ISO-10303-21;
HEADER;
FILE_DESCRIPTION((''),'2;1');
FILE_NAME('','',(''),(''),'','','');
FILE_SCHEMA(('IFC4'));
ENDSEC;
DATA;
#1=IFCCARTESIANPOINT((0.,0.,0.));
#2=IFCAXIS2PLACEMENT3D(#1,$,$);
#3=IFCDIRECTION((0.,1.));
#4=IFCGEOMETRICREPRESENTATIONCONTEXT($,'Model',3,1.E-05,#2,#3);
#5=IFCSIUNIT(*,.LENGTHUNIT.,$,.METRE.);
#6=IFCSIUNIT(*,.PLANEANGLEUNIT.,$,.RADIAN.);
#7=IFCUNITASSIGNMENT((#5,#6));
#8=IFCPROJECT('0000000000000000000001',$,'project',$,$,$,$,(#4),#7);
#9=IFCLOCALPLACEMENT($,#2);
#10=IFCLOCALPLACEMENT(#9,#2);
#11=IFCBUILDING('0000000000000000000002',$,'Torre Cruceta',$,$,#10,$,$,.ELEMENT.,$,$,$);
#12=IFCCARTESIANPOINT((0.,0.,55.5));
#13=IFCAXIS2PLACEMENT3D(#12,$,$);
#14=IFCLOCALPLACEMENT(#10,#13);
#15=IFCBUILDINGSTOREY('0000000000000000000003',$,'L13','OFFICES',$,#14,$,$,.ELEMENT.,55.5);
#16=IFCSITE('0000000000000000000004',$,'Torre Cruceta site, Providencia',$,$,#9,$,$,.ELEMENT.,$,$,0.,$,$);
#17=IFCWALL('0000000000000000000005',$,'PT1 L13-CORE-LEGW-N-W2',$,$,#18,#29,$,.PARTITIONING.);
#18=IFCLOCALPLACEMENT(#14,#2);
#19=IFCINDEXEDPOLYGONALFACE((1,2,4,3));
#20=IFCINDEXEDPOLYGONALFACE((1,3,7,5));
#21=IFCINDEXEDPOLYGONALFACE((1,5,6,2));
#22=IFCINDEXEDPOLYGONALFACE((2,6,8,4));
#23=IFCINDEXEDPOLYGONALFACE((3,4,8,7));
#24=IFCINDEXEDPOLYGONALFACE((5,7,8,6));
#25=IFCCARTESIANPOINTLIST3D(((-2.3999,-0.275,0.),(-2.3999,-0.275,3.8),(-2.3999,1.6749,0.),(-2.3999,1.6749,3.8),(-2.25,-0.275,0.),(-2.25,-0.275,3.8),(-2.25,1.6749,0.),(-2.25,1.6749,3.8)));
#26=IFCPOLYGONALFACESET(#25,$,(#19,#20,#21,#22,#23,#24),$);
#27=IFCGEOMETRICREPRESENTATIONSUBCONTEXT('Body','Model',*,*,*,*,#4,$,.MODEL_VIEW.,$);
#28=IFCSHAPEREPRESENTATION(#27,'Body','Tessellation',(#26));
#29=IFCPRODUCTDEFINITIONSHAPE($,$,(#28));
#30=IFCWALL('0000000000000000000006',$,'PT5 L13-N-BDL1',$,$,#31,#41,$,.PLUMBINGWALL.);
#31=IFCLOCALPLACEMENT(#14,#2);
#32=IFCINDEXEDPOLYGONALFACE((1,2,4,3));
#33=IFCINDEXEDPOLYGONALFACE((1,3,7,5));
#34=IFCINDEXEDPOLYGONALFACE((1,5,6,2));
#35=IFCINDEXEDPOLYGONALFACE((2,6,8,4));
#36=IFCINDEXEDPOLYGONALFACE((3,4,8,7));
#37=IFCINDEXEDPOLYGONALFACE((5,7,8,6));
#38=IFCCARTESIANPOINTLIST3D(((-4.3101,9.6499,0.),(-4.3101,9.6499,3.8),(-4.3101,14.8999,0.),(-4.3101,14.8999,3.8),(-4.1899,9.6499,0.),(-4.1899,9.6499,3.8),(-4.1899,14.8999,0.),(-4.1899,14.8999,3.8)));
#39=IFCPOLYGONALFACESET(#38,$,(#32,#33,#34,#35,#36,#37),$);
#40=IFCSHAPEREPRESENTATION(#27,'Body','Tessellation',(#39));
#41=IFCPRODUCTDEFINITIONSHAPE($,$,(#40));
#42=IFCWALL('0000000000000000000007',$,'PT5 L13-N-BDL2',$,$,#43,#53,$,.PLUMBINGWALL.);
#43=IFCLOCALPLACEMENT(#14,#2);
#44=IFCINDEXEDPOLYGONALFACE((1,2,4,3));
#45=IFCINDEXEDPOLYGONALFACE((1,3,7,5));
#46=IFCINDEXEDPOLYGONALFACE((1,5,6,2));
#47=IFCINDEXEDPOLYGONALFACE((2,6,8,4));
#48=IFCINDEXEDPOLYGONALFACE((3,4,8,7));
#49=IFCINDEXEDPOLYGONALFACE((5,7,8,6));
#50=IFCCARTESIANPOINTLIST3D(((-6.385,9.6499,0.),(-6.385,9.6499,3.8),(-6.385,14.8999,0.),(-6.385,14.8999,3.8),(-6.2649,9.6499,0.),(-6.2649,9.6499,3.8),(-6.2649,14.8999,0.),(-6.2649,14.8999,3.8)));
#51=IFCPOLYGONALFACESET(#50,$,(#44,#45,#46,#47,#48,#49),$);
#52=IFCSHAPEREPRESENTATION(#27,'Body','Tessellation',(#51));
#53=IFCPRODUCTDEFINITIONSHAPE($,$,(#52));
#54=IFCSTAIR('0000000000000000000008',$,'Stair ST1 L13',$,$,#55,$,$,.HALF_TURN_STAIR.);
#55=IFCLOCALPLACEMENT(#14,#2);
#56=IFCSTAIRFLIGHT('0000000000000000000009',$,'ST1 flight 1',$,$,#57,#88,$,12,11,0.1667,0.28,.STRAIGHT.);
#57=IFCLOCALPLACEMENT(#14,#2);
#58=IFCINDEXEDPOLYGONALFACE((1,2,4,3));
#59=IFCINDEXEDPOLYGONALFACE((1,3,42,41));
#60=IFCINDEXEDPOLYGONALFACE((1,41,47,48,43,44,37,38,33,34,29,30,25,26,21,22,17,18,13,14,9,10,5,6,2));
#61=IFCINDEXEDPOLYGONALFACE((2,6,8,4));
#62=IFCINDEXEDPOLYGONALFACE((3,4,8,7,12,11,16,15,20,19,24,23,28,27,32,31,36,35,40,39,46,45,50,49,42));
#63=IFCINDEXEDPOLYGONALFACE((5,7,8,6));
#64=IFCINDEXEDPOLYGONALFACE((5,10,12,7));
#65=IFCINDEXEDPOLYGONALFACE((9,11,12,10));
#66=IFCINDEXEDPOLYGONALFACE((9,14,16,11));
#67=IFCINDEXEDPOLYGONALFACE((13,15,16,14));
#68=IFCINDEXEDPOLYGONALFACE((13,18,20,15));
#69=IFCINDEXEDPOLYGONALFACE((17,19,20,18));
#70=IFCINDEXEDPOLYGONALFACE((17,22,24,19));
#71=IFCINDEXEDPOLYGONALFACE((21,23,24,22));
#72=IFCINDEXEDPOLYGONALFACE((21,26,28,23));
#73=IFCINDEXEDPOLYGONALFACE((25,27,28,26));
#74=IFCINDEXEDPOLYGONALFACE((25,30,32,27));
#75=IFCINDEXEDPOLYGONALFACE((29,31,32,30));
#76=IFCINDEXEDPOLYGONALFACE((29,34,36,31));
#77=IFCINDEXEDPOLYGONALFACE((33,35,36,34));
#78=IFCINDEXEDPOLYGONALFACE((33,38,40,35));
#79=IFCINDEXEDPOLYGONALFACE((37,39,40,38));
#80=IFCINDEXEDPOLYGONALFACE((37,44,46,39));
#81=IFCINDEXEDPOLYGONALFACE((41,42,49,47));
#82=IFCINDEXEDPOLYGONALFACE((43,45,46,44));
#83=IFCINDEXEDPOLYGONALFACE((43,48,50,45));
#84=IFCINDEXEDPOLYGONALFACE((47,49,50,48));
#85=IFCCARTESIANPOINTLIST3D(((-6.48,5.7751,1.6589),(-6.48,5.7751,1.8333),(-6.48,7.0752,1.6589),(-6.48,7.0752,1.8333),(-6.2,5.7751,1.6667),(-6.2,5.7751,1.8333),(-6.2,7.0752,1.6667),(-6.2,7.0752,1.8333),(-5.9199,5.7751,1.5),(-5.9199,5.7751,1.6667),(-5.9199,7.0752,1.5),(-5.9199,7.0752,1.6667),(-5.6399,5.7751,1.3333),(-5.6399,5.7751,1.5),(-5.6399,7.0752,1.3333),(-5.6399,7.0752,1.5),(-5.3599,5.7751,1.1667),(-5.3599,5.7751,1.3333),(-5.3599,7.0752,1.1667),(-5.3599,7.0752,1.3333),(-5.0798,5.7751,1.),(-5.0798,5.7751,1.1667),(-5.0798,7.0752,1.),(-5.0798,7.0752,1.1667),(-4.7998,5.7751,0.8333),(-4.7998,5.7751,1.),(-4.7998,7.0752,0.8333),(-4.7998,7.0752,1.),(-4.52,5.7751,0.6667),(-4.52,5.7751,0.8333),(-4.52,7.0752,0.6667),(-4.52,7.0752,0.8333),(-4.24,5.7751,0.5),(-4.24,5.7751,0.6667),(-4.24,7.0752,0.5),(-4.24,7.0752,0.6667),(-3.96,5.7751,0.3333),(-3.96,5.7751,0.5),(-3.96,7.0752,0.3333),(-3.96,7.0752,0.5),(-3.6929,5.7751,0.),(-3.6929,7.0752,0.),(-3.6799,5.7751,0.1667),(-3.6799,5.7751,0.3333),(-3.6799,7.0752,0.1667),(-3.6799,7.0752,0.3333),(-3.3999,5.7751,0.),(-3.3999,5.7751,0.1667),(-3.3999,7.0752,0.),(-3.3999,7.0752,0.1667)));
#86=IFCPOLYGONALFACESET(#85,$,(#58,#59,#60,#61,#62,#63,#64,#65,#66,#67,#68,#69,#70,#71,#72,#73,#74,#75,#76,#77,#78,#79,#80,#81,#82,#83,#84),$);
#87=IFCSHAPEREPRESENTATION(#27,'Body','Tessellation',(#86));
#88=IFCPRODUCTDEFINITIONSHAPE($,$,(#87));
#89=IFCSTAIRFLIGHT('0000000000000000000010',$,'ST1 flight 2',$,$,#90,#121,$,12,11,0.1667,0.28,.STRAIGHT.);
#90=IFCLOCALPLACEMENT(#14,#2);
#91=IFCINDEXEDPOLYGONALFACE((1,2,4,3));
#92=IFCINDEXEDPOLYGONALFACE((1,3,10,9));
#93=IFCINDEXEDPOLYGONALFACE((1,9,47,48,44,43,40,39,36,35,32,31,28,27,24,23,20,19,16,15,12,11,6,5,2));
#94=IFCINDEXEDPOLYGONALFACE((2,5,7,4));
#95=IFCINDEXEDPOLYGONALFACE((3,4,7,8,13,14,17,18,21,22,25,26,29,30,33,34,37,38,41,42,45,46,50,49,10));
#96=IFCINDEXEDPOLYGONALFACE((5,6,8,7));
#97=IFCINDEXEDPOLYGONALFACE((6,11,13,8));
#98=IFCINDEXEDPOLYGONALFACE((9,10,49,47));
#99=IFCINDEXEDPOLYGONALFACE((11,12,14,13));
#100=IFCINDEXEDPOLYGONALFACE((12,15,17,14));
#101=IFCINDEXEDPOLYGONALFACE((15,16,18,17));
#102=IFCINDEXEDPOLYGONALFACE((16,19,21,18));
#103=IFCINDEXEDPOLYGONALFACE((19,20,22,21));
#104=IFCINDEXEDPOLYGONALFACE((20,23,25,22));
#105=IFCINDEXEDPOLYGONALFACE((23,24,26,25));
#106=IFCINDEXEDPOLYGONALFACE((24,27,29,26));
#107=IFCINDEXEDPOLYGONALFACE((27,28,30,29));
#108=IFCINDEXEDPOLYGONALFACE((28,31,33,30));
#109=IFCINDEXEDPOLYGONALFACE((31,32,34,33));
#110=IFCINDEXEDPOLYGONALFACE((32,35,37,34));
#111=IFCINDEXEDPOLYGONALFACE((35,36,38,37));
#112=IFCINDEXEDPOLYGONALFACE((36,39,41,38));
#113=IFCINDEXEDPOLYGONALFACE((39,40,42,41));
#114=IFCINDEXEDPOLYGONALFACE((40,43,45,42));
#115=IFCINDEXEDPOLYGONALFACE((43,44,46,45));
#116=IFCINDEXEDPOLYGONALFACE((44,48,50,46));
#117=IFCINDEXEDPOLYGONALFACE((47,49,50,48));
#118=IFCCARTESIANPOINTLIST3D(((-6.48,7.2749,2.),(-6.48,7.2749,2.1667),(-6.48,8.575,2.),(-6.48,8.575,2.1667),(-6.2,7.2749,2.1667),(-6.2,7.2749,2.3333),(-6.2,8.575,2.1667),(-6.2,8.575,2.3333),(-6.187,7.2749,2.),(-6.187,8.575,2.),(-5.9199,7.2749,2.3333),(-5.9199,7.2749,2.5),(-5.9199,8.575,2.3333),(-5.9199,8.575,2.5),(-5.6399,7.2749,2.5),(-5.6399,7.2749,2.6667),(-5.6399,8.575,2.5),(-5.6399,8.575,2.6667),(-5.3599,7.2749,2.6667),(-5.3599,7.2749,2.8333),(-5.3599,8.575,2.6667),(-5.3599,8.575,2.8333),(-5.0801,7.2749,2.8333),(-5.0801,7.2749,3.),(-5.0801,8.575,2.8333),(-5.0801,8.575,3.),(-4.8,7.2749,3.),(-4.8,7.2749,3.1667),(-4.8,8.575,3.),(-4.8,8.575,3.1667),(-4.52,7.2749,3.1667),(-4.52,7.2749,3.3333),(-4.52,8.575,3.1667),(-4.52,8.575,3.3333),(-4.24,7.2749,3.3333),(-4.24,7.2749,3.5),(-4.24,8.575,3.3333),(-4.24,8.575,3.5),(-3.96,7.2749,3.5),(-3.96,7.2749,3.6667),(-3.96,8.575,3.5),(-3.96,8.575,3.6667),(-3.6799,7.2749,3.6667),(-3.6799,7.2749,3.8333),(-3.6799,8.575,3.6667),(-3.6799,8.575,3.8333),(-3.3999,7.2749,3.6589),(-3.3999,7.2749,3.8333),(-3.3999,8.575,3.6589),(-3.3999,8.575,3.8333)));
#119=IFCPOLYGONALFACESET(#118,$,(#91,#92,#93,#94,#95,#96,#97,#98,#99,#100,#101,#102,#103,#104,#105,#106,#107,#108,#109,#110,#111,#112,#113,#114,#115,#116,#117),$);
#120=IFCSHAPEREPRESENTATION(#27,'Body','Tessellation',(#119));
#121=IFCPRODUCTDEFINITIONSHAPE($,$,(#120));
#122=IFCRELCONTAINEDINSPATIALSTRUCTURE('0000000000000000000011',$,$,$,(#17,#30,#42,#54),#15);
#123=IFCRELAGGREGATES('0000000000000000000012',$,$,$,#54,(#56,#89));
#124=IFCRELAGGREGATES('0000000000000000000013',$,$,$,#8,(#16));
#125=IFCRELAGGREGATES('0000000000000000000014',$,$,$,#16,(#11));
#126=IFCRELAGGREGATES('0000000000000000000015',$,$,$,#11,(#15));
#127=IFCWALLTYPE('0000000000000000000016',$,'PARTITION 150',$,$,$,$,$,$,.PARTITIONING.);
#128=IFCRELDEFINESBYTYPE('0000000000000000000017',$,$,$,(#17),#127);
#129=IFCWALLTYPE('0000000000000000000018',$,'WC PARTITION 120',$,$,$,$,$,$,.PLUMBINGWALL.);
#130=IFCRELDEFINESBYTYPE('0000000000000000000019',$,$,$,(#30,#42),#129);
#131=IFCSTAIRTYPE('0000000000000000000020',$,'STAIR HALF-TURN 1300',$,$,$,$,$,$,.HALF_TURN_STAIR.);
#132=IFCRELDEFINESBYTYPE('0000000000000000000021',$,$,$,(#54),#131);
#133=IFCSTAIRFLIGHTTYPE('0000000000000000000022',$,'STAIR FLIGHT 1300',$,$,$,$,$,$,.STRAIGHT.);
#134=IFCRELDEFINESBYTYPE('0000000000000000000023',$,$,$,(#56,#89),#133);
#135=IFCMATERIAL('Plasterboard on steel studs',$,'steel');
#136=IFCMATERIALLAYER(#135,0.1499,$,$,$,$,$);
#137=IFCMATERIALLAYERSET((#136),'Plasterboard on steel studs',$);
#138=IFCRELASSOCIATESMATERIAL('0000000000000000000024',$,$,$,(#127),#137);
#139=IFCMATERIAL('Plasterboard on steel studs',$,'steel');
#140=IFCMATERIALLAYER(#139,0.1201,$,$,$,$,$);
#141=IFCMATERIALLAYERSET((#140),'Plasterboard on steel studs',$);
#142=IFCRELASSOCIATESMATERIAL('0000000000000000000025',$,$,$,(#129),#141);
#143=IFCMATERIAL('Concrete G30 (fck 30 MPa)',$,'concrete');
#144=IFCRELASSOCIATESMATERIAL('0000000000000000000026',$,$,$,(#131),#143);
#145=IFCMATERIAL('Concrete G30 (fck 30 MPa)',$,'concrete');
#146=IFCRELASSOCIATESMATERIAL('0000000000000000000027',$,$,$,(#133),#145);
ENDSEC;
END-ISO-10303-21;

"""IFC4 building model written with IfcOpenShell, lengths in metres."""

from ifc_helpers import new_model, si_unit, direction, frame, frame_2d, origin, place, context, subcontext, project, spatial, polyline, rectangle, outline, extrude, material, layer, layer_set, type_object, element, aggregate, save


model = new_model("IFC4")

# Units and contexts
model_context = context("Model", 3, precision=1e-05, world=origin(), true_north=direction((0.0, 1.0)))
body_context = subcontext(model_context, "Body", "Model", "MODEL_VIEW")
ifc_project = project(units=[si_unit("LENGTHUNIT", "METRE"), si_unit("PLANEANGLEUNIT", "RADIAN")], contexts=[model_context])

# Site, building, storey
site_placement = place(None, origin())
site = spatial("IfcSite", under=ifc_project, at=site_placement, Name="Torre Cruceta site, Providencia", CompositionType="ELEMENT", RefElevation=0.0)
building_placement = place(site_placement, origin())
building = spatial("IfcBuilding", under=site, at=building_placement, Name="Torre Cruceta", CompositionType="ELEMENT")
storey_placement = place(building_placement, frame((0.0, 0.0, 55.5)))
storey = spatial("IfcBuildingStorey", under=building, at=storey_placement, Name="L13", Description="OFFICES", CompositionType="ELEMENT", Elevation=55.5)

# Walls
ifc_material_1 = material(Name="Plasterboard on steel studs", Category="steel")
ifc_layer_1 = layer(ifc_material_1, 0.1499)
ifc_layer_set_1 = layer_set([ifc_layer_1], Name="Plasterboard on steel studs")
wall_type_1 = type_object("IfcWallType", Name="PARTITION 150", PredefinedType="PARTITIONING", material=ifc_layer_set_1)
wall_1_placement = place(storey_placement, frame((-2.325, 1.675, 0.0), z_axis=(0.0, 0.0, 1.0), x_axis=(0.0, -1.0, 0.0)))
element("IfcWall", 1, at=wall_1_placement, inside=storey, type_object=wall_type_1, Name="PT1 L13-CORE-LEGW-N-W2", PredefinedType="PARTITIONING", context=body_context, shape_type="SweptSolid", body=[
    extrude(rectangle(XDim=1.95, YDim=0.1499, at=frame_2d((0.9751, 0.0))), origin(), (0.0, 0.0, 1.0), 3.8),
])
ifc_material_2 = material(Name="Plasterboard on steel studs", Category="steel")
ifc_layer_2 = layer(ifc_material_2, 0.1201)
ifc_layer_set_2 = layer_set([ifc_layer_2], Name="Plasterboard on steel studs")
wall_type_2 = type_object("IfcWallType", Name="WC PARTITION 120", PredefinedType="PLUMBINGWALL", material=ifc_layer_set_2)
for number, where, z_axis, x_axis, name in (
    (2, (-4.25, 9.6499, 0.0), (0.0, 0.0, 1.0), (0.0, 1.0, 0.0), "PT5 L13-N-BDL1"),
    (3, (-6.325, 9.6499, 0.0), (0.0, 0.0, 1.0), (0.0, 1.0, 0.0), "PT5 L13-N-BDL2"),
):
    element("IfcWall", number, at=place(storey_placement, frame(where, z_axis=z_axis, x_axis=x_axis)), inside=storey, type_object=wall_type_2, Name=name, PredefinedType="PLUMBINGWALL", context=body_context, shape_type="SweptSolid", body=[
        extrude(rectangle(XDim=5.25, YDim=0.1201, at=frame_2d((2.625, 0.0))), origin(), (0.0, 0.0, 1.0), 3.8),
    ])

# Stair, stair flights
ifc_material_3 = material(Name="Concrete G30 (fck 30 MPa)", Category="concrete")
stair_type = type_object("IfcStairType", Name="STAIR HALF-TURN 1300", PredefinedType="HALF_TURN_STAIR", material=ifc_material_3)
stair_placement = place(storey_placement, origin())
stair = element("IfcStair", 4, at=stair_placement, inside=storey, type_object=stair_type, Name="Stair ST1 L13", PredefinedType="HALF_TURN_STAIR")
ifc_material_4 = material(Name="Concrete G30 (fck 30 MPa)", Category="concrete")
stair_flight_type = type_object("IfcStairFlightType", Name="STAIR FLIGHT 1300", PredefinedType="STRAIGHT", material=ifc_material_4)
stair_flight_1_placement = place(storey_placement, frame((-3.3999, 6.425, 0.0), z_axis=(0.0, 0.0, 1.0), x_axis=(-1.0, 0.0, 0.0)))
stair_flight_1 = element("IfcStairFlight", 5, at=stair_flight_1_placement, type_object=stair_flight_type, Name="ST1 flight 1", NumberOfRisers=12, NumberOfTreads=11, PredefinedType="STRAIGHT", RiserHeight=0.1667, TreadLength=0.28, context=body_context, shape_type="SweptSolid", body=[
    extrude(outline(polyline([(0.0, 0.0), (0.0, 0.1667), (0.28, 0.1667), (0.28, 0.3333), (0.5601, 0.3333), (0.5601, 0.5), (0.8401, 0.5), (0.8401, 0.6667), (1.1201, 0.6667), (1.1201, 0.8333), (1.3999, 0.8333), (1.3999, 1.0), (1.6799, 1.0), (1.6799, 1.1667), (1.96, 1.1667), (1.96, 1.3333), (2.24, 1.3333), (2.24, 1.5), (2.52, 1.5), (2.52, 1.6667), (2.8, 1.6667), (2.8, 1.8333), (3.0801, 1.8333), (3.0801, 2.0), (3.0801, 1.6589), (0.293, 0.0), (0.0, 0.0)])), frame((0.0, 0.6499, 0.0), z_axis=(0.0, -1.0, 0.0), x_axis=(1.0, 0.0, 0.0)), (0.0, 0.0, 1.0), 1.3),
])
stair_flight_2_placement = place(storey_placement, frame((-6.48, 7.925, 2.0), z_axis=(0.0, 0.0, 1.0), x_axis=(1.0, 0.0, 0.0)))
stair_flight_2 = element("IfcStairFlight", 6, at=stair_flight_2_placement, type_object=stair_flight_type, Name="ST1 flight 2", NumberOfRisers=12, NumberOfTreads=11, PredefinedType="STRAIGHT", RiserHeight=0.1667, TreadLength=0.28, context=body_context, shape_type="SweptSolid", body=[
    extrude(outline(polyline([(0.0, 0.0), (0.0, 0.1667), (0.28, 0.1667), (0.28, 0.3333), (0.5601, 0.3333), (0.5601, 0.5), (0.8401, 0.5), (0.8401, 0.6667), (1.1201, 0.6667), (1.1201, 0.8333), (1.3999, 0.8333), (1.3999, 1.0), (1.6799, 1.0), (1.6799, 1.1667), (1.96, 1.1667), (1.96, 1.3333), (2.24, 1.3333), (2.24, 1.5), (2.52, 1.5), (2.52, 1.6667), (2.8, 1.6667), (2.8, 1.8333), (3.0801, 1.8333), (3.0801, 2.0), (3.0801, 1.6589), (0.293, 0.0), (0.0, 0.0)])), frame((0.0, 0.6499, 0.0), z_axis=(0.0, -1.0, 0.0), x_axis=(1.0, 0.0, 0.0)), (0.0, 0.0, 1.0), 1.3),
])
aggregate(stair, [stair_flight_1, stair_flight_2])

save(model, "model.ifc")
